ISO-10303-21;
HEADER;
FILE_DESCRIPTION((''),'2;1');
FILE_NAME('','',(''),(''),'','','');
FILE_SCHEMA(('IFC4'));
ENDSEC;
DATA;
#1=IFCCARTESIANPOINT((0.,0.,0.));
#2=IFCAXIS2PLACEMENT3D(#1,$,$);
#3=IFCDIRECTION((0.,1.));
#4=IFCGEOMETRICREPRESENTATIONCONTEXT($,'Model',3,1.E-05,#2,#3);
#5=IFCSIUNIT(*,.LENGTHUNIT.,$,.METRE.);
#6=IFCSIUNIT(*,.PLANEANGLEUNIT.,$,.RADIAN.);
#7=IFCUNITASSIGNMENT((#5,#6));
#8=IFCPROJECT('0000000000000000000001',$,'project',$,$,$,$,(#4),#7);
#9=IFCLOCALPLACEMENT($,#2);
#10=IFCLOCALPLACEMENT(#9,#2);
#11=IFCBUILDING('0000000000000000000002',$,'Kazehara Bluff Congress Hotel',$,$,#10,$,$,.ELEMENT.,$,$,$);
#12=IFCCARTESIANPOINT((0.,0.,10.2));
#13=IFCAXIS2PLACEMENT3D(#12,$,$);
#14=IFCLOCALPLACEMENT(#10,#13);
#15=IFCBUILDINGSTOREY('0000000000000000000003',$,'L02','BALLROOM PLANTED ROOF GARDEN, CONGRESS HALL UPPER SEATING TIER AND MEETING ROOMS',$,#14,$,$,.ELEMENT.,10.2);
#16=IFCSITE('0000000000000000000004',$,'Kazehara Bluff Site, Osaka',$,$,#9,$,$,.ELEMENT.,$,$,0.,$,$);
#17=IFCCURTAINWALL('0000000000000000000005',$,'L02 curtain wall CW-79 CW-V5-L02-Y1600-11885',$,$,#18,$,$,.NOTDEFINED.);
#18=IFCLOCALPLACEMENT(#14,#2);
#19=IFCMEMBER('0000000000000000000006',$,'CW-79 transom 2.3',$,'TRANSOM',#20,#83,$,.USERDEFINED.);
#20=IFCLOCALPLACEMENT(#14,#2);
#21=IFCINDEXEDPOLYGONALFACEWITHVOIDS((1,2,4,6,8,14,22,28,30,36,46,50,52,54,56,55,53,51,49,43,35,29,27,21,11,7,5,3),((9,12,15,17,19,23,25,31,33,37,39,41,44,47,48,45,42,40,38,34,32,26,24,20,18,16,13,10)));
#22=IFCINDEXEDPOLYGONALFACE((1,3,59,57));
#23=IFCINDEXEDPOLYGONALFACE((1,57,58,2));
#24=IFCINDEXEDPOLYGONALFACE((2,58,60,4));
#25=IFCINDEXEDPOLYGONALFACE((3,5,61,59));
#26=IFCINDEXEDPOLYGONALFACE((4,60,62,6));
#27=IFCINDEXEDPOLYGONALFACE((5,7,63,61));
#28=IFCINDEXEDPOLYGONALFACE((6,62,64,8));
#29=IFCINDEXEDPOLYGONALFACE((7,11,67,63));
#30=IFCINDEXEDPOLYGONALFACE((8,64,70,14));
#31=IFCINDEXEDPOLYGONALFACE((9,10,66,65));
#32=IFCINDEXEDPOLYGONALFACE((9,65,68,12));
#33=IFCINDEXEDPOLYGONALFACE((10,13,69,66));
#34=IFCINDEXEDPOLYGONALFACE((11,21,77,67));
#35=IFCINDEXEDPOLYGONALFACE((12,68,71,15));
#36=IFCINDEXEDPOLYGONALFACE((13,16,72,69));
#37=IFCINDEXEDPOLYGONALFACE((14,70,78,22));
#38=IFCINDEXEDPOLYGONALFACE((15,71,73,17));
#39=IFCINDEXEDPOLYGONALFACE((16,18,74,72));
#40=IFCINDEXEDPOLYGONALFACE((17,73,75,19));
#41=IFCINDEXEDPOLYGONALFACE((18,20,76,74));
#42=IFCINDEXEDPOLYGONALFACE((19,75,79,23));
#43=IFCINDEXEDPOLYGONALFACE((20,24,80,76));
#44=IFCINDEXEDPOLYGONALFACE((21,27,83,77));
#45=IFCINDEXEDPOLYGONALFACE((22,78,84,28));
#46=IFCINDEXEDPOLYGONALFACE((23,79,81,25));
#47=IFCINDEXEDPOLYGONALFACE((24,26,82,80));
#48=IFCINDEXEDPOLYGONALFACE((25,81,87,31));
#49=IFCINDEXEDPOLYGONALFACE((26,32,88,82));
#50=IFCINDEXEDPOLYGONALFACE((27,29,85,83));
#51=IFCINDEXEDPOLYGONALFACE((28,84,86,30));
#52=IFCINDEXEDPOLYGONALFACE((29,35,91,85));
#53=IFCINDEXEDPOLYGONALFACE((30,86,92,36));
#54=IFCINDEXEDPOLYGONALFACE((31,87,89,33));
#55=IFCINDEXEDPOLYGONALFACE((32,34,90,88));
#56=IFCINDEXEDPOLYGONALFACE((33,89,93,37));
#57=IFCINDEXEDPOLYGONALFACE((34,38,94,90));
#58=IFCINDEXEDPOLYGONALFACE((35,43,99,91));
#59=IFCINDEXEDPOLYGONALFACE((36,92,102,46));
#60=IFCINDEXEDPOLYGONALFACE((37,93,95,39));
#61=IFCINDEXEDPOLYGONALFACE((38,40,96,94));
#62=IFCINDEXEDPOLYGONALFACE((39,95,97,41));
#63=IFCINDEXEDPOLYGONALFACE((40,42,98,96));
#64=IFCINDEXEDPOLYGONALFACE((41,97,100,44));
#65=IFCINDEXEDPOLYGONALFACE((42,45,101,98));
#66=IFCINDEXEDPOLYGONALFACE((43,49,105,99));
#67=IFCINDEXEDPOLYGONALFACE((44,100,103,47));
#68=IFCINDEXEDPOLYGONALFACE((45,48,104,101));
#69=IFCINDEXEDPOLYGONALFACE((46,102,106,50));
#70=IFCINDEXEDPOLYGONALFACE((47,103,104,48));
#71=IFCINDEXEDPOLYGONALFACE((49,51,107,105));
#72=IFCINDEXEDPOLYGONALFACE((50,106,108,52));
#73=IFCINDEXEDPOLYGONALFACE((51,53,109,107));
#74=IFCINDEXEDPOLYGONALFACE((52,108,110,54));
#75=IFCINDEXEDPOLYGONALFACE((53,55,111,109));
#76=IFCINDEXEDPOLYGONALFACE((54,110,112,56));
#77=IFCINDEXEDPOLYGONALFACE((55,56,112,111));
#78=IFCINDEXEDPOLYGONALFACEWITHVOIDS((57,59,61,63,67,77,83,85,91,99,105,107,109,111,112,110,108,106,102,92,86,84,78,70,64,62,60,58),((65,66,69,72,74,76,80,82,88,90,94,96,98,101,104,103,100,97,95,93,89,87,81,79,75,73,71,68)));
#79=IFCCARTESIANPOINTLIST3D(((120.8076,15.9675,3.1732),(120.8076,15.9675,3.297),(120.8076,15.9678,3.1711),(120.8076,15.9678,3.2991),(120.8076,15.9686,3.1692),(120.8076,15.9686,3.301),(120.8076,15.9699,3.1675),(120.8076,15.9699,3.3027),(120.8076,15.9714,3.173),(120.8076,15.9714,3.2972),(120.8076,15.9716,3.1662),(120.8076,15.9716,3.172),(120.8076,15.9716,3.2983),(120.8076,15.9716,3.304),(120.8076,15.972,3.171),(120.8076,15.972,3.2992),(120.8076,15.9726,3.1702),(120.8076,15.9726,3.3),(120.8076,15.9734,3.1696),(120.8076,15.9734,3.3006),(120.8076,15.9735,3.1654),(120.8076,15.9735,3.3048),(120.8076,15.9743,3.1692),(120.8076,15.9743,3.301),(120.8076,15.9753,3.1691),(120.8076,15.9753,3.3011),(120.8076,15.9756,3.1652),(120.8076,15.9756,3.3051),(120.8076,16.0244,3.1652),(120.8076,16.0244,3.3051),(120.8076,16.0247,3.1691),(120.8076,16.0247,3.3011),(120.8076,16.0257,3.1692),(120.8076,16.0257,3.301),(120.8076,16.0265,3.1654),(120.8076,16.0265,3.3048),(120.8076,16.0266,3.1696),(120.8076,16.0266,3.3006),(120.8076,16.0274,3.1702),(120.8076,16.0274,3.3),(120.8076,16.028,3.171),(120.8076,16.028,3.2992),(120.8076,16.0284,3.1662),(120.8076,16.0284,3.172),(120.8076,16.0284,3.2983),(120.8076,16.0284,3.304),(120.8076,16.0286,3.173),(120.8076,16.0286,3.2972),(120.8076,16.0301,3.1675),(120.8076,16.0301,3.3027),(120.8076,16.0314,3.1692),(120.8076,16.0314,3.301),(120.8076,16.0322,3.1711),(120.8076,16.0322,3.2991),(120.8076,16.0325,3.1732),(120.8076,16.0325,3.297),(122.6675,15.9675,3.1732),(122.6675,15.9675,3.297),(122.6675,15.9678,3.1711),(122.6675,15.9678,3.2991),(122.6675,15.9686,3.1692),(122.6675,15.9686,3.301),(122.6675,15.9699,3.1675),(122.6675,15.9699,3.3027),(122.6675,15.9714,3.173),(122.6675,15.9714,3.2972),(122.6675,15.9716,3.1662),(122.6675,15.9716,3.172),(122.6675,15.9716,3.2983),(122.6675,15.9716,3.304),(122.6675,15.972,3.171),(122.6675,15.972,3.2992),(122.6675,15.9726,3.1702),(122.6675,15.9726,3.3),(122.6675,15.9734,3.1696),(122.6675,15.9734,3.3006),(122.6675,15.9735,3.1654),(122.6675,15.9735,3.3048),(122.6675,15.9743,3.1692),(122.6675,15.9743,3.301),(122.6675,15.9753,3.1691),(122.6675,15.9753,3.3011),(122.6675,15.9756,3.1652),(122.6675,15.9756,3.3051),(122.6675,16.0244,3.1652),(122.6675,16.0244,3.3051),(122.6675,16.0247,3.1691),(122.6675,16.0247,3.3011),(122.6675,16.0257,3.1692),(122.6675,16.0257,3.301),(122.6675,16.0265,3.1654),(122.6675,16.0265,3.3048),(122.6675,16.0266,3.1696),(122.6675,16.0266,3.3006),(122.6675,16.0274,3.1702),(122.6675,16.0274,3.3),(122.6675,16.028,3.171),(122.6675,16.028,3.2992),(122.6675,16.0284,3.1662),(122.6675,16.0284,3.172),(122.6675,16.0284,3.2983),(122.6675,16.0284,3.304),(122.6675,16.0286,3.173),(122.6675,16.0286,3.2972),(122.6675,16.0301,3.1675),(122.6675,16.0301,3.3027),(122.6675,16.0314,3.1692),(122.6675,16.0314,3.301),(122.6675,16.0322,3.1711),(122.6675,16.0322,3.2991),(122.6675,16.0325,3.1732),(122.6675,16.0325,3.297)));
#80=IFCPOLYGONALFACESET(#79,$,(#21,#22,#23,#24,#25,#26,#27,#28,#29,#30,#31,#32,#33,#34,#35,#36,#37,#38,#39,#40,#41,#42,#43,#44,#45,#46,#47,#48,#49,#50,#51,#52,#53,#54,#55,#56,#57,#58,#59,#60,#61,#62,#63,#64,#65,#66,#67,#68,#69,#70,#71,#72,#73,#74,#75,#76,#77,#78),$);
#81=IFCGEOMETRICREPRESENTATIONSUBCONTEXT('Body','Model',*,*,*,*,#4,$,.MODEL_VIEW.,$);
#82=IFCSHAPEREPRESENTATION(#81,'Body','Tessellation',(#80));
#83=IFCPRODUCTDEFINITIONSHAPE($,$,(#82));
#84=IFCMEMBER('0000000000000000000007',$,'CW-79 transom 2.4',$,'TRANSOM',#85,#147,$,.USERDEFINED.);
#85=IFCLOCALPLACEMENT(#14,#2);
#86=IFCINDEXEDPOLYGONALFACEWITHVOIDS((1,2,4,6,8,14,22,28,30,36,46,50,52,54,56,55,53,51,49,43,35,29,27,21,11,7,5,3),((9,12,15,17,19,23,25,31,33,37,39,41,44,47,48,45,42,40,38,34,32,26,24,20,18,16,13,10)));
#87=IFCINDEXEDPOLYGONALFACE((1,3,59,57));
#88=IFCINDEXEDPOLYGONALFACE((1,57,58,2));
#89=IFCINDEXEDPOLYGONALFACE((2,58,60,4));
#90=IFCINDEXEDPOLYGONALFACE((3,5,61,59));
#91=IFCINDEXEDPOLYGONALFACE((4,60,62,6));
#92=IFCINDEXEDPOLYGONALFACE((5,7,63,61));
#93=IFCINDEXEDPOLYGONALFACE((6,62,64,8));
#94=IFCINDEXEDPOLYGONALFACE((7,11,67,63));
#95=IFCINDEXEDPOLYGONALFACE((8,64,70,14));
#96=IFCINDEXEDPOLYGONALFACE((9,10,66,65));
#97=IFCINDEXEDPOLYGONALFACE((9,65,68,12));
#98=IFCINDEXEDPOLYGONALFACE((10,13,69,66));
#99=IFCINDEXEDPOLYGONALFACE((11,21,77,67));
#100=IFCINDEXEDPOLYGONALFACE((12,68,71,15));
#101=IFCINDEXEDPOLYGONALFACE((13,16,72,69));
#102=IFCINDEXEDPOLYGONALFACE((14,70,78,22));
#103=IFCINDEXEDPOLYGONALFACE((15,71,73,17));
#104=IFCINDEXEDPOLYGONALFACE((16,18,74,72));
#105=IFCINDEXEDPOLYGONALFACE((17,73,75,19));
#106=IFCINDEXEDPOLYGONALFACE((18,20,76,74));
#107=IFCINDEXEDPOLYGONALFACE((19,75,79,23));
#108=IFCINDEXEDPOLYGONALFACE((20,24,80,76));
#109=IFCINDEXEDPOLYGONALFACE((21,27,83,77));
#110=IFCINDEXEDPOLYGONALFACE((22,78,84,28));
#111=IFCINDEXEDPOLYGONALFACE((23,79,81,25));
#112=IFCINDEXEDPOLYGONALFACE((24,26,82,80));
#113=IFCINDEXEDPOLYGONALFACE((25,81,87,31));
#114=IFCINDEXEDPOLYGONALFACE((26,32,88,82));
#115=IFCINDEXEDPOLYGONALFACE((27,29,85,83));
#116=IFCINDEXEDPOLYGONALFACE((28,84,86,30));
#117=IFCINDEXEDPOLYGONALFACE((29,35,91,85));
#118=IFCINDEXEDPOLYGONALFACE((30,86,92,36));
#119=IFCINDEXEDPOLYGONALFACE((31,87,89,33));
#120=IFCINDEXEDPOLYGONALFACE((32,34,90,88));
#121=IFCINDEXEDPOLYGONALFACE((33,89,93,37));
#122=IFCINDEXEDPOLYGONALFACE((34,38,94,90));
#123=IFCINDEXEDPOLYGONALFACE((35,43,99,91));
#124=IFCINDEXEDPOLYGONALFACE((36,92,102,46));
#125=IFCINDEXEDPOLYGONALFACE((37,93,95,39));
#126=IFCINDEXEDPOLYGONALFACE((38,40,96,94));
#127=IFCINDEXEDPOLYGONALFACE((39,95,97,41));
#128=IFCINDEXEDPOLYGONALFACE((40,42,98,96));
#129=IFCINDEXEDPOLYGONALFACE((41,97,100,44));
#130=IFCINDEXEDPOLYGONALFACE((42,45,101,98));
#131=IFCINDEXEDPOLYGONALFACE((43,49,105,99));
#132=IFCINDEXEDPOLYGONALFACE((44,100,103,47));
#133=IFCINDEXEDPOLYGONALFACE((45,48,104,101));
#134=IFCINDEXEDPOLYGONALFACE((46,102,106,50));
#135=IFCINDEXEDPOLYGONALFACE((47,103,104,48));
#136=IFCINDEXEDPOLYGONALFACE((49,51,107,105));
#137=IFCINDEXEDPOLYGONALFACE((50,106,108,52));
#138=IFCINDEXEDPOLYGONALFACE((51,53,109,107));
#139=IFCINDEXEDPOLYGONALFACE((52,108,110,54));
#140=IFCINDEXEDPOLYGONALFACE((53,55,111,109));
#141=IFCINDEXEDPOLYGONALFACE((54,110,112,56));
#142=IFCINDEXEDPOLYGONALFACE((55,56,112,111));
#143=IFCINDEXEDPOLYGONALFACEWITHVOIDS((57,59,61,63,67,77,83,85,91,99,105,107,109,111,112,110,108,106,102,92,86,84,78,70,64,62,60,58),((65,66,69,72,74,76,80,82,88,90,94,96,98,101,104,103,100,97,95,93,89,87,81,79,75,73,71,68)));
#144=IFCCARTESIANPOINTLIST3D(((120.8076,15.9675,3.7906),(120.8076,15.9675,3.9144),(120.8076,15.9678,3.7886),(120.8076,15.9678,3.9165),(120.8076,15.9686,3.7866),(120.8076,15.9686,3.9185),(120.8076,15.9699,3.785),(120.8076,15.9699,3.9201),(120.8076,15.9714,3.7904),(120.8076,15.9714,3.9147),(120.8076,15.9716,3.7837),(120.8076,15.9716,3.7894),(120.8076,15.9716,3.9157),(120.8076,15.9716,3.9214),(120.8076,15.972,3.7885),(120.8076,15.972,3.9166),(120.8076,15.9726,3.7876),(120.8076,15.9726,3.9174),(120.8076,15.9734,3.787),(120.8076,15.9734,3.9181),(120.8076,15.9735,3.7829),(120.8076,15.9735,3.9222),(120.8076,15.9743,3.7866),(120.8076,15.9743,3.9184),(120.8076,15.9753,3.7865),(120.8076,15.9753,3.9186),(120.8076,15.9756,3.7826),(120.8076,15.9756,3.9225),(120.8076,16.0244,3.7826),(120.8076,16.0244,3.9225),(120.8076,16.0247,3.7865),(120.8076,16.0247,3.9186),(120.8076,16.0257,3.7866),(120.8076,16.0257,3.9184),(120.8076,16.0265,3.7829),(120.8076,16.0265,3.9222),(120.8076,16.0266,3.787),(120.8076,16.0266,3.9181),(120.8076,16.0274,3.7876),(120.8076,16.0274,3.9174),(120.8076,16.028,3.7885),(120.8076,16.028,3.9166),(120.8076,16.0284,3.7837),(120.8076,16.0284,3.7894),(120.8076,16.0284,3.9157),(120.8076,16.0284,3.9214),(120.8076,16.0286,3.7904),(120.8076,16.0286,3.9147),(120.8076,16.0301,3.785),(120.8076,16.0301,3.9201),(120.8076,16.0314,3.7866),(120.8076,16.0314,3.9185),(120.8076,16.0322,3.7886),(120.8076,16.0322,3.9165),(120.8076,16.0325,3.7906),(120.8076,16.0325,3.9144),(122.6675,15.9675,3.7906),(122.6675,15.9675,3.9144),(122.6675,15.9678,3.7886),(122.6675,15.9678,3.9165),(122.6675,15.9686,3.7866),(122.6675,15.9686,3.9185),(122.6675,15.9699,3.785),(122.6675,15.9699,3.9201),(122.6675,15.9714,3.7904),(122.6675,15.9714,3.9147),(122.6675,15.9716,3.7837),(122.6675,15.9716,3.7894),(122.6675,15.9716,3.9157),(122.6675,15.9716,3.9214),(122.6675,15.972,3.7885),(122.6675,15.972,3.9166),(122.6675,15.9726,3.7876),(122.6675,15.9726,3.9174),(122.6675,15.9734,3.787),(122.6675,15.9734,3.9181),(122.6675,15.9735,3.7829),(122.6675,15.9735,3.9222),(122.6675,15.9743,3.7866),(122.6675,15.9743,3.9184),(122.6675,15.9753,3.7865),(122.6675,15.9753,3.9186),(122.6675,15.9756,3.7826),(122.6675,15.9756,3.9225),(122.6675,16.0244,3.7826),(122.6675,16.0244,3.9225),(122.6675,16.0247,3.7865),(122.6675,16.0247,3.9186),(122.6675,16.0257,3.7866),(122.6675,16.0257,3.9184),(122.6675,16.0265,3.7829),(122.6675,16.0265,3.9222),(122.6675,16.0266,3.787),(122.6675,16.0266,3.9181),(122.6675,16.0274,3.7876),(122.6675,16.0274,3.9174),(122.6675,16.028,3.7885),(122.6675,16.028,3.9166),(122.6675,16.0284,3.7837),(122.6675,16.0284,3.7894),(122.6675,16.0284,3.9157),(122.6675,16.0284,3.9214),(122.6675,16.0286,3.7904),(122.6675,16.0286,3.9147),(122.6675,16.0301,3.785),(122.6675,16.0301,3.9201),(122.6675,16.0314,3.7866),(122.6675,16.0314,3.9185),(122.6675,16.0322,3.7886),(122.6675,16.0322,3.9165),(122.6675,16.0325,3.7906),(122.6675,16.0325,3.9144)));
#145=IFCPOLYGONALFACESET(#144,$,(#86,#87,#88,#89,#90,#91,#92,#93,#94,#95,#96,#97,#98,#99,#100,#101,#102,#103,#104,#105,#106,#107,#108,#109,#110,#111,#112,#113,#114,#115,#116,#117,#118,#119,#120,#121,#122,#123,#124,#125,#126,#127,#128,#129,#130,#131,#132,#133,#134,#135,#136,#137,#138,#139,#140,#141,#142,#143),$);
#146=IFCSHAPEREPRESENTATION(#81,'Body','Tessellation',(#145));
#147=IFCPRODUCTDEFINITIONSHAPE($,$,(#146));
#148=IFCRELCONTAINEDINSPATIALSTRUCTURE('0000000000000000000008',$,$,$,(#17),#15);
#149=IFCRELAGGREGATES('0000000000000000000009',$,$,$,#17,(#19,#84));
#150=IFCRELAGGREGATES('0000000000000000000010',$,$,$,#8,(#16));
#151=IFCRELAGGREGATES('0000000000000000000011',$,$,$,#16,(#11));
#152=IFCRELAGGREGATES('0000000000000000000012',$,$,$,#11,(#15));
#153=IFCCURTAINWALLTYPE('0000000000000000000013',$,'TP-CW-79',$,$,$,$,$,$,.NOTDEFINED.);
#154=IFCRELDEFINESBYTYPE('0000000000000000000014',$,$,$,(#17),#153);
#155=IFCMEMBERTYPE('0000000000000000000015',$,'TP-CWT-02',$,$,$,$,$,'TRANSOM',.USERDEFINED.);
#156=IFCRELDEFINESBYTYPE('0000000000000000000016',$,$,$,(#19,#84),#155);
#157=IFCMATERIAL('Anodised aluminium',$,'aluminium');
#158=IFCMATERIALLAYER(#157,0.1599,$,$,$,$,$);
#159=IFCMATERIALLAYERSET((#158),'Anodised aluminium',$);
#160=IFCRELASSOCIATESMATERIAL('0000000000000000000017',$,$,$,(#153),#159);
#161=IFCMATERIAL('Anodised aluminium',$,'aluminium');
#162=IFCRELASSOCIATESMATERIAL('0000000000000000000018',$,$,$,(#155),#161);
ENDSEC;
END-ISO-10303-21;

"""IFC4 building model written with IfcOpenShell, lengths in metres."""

from ifc_helpers import new_model, si_unit, direction, frame, origin, origin_2d, place, context, subcontext, project, spatial, hollow_rectangle, extrude, material, layer, layer_set, material_profile, profile_set, type_object, element, aggregate, save


model = new_model("IFC4")

# Units and contexts
model_context = context("Model", 3, precision=1e-05, world=origin(), true_north=direction((0.0, 1.0)))
body_context = subcontext(model_context, "Body", "Model", "MODEL_VIEW")
ifc_project = project(units=[si_unit("LENGTHUNIT", "METRE"), si_unit("PLANEANGLEUNIT", "RADIAN")], contexts=[model_context])

# Site, building, storey
site_placement = place(None, origin())
site = spatial("IfcSite", under=ifc_project, at=site_placement, Name="Kazehara Bluff Site, Osaka", CompositionType="ELEMENT", RefElevation=0.0)
building_placement = place(site_placement, origin())
building = spatial("IfcBuilding", under=site, at=building_placement, Name="Kazehara Bluff Congress Hotel", CompositionType="ELEMENT")
storey_placement = place(building_placement, frame((0.0, 0.0, 10.2)))
storey = spatial("IfcBuildingStorey", under=building, at=storey_placement, Name="L02", Description="BALLROOM PLANTED ROOF GARDEN, CONGRESS HALL UPPER SEATING TIER AND MEETING ROOMS", CompositionType="ELEMENT", Elevation=10.2)

# Curtain wall
ifc_material_1 = material(Name="Anodised aluminium", Category="aluminium")
ifc_layer_1 = layer(ifc_material_1, 0.1599)
ifc_layer_set_1 = layer_set([ifc_layer_1], Name="Anodised aluminium")
curtain_wall_type_1 = type_object("IfcCurtainWallType", Name="TP-CW-79", PredefinedType="NOTDEFINED", material=ifc_layer_set_1)
curtain_wall_1_placement = place(storey_placement, origin())
curtain_wall_1 = element("IfcCurtainWall", 1, at=curtain_wall_1_placement, inside=storey, type_object=curtain_wall_type_1, Name="L02 curtain wall CW-79 CW-V5-L02-Y1600-11885", PredefinedType="NOTDEFINED")

# Members
ifc_material_2 = material(Name="Anodised aluminium", Category="aluminium")
ifc_material_profile_1 = material_profile(ifc_material_2, hollow_rectangle(XDim=0.0649, YDim=0.1399, WallThickness=0.0039, InnerFilletRadius=0.0039, OuterFilletRadius=0.0081, at=origin_2d()))
ifc_profile_set_1 = profile_set([ifc_material_profile_1], Name="Anodised aluminium")
member_type_1 = type_object("IfcMemberType", Name="TP-CWT-02", ElementType="TRANSOM", PredefinedType="USERDEFINED", material=ifc_profile_set_1)
member_1_placement = place(storey_placement, frame((120.8076, 16.0, 3.2351), z_axis=(1.0, 0.0, 0.0), x_axis=(0.0, 1.0, 0.0)))
member_1 = element("IfcMember", 2, at=member_1_placement, type_object=member_type_1, Name="CW-79 transom 2.3", ObjectType="TRANSOM", PredefinedType="USERDEFINED", context=body_context, shape_type="SweptSolid", body=[
    extrude(hollow_rectangle(XDim=0.0649, YDim=0.1399, WallThickness=0.0039, InnerFilletRadius=0.0039, OuterFilletRadius=0.0081, at=origin_2d()), origin(), (0.0, 0.0, 1.0), 1.8599),
])
member_2_placement = place(storey_placement, frame((120.8076, 16.0, 3.8525), z_axis=(1.0, 0.0, 0.0), x_axis=(0.0, 1.0, 0.0)))
member_2 = element("IfcMember", 3, at=member_2_placement, type_object=member_type_1, Name="CW-79 transom 2.4", ObjectType="TRANSOM", PredefinedType="USERDEFINED", context=body_context, shape_type="SweptSolid", body=[
    extrude(hollow_rectangle(XDim=0.0649, YDim=0.1399, WallThickness=0.0039, InnerFilletRadius=0.0039, OuterFilletRadius=0.0081, at=origin_2d()), origin(), (0.0, 0.0, 1.0), 1.8599),
])

aggregate(curtain_wall_1, [member_1, member_2])

save(model, "model.ifc")
